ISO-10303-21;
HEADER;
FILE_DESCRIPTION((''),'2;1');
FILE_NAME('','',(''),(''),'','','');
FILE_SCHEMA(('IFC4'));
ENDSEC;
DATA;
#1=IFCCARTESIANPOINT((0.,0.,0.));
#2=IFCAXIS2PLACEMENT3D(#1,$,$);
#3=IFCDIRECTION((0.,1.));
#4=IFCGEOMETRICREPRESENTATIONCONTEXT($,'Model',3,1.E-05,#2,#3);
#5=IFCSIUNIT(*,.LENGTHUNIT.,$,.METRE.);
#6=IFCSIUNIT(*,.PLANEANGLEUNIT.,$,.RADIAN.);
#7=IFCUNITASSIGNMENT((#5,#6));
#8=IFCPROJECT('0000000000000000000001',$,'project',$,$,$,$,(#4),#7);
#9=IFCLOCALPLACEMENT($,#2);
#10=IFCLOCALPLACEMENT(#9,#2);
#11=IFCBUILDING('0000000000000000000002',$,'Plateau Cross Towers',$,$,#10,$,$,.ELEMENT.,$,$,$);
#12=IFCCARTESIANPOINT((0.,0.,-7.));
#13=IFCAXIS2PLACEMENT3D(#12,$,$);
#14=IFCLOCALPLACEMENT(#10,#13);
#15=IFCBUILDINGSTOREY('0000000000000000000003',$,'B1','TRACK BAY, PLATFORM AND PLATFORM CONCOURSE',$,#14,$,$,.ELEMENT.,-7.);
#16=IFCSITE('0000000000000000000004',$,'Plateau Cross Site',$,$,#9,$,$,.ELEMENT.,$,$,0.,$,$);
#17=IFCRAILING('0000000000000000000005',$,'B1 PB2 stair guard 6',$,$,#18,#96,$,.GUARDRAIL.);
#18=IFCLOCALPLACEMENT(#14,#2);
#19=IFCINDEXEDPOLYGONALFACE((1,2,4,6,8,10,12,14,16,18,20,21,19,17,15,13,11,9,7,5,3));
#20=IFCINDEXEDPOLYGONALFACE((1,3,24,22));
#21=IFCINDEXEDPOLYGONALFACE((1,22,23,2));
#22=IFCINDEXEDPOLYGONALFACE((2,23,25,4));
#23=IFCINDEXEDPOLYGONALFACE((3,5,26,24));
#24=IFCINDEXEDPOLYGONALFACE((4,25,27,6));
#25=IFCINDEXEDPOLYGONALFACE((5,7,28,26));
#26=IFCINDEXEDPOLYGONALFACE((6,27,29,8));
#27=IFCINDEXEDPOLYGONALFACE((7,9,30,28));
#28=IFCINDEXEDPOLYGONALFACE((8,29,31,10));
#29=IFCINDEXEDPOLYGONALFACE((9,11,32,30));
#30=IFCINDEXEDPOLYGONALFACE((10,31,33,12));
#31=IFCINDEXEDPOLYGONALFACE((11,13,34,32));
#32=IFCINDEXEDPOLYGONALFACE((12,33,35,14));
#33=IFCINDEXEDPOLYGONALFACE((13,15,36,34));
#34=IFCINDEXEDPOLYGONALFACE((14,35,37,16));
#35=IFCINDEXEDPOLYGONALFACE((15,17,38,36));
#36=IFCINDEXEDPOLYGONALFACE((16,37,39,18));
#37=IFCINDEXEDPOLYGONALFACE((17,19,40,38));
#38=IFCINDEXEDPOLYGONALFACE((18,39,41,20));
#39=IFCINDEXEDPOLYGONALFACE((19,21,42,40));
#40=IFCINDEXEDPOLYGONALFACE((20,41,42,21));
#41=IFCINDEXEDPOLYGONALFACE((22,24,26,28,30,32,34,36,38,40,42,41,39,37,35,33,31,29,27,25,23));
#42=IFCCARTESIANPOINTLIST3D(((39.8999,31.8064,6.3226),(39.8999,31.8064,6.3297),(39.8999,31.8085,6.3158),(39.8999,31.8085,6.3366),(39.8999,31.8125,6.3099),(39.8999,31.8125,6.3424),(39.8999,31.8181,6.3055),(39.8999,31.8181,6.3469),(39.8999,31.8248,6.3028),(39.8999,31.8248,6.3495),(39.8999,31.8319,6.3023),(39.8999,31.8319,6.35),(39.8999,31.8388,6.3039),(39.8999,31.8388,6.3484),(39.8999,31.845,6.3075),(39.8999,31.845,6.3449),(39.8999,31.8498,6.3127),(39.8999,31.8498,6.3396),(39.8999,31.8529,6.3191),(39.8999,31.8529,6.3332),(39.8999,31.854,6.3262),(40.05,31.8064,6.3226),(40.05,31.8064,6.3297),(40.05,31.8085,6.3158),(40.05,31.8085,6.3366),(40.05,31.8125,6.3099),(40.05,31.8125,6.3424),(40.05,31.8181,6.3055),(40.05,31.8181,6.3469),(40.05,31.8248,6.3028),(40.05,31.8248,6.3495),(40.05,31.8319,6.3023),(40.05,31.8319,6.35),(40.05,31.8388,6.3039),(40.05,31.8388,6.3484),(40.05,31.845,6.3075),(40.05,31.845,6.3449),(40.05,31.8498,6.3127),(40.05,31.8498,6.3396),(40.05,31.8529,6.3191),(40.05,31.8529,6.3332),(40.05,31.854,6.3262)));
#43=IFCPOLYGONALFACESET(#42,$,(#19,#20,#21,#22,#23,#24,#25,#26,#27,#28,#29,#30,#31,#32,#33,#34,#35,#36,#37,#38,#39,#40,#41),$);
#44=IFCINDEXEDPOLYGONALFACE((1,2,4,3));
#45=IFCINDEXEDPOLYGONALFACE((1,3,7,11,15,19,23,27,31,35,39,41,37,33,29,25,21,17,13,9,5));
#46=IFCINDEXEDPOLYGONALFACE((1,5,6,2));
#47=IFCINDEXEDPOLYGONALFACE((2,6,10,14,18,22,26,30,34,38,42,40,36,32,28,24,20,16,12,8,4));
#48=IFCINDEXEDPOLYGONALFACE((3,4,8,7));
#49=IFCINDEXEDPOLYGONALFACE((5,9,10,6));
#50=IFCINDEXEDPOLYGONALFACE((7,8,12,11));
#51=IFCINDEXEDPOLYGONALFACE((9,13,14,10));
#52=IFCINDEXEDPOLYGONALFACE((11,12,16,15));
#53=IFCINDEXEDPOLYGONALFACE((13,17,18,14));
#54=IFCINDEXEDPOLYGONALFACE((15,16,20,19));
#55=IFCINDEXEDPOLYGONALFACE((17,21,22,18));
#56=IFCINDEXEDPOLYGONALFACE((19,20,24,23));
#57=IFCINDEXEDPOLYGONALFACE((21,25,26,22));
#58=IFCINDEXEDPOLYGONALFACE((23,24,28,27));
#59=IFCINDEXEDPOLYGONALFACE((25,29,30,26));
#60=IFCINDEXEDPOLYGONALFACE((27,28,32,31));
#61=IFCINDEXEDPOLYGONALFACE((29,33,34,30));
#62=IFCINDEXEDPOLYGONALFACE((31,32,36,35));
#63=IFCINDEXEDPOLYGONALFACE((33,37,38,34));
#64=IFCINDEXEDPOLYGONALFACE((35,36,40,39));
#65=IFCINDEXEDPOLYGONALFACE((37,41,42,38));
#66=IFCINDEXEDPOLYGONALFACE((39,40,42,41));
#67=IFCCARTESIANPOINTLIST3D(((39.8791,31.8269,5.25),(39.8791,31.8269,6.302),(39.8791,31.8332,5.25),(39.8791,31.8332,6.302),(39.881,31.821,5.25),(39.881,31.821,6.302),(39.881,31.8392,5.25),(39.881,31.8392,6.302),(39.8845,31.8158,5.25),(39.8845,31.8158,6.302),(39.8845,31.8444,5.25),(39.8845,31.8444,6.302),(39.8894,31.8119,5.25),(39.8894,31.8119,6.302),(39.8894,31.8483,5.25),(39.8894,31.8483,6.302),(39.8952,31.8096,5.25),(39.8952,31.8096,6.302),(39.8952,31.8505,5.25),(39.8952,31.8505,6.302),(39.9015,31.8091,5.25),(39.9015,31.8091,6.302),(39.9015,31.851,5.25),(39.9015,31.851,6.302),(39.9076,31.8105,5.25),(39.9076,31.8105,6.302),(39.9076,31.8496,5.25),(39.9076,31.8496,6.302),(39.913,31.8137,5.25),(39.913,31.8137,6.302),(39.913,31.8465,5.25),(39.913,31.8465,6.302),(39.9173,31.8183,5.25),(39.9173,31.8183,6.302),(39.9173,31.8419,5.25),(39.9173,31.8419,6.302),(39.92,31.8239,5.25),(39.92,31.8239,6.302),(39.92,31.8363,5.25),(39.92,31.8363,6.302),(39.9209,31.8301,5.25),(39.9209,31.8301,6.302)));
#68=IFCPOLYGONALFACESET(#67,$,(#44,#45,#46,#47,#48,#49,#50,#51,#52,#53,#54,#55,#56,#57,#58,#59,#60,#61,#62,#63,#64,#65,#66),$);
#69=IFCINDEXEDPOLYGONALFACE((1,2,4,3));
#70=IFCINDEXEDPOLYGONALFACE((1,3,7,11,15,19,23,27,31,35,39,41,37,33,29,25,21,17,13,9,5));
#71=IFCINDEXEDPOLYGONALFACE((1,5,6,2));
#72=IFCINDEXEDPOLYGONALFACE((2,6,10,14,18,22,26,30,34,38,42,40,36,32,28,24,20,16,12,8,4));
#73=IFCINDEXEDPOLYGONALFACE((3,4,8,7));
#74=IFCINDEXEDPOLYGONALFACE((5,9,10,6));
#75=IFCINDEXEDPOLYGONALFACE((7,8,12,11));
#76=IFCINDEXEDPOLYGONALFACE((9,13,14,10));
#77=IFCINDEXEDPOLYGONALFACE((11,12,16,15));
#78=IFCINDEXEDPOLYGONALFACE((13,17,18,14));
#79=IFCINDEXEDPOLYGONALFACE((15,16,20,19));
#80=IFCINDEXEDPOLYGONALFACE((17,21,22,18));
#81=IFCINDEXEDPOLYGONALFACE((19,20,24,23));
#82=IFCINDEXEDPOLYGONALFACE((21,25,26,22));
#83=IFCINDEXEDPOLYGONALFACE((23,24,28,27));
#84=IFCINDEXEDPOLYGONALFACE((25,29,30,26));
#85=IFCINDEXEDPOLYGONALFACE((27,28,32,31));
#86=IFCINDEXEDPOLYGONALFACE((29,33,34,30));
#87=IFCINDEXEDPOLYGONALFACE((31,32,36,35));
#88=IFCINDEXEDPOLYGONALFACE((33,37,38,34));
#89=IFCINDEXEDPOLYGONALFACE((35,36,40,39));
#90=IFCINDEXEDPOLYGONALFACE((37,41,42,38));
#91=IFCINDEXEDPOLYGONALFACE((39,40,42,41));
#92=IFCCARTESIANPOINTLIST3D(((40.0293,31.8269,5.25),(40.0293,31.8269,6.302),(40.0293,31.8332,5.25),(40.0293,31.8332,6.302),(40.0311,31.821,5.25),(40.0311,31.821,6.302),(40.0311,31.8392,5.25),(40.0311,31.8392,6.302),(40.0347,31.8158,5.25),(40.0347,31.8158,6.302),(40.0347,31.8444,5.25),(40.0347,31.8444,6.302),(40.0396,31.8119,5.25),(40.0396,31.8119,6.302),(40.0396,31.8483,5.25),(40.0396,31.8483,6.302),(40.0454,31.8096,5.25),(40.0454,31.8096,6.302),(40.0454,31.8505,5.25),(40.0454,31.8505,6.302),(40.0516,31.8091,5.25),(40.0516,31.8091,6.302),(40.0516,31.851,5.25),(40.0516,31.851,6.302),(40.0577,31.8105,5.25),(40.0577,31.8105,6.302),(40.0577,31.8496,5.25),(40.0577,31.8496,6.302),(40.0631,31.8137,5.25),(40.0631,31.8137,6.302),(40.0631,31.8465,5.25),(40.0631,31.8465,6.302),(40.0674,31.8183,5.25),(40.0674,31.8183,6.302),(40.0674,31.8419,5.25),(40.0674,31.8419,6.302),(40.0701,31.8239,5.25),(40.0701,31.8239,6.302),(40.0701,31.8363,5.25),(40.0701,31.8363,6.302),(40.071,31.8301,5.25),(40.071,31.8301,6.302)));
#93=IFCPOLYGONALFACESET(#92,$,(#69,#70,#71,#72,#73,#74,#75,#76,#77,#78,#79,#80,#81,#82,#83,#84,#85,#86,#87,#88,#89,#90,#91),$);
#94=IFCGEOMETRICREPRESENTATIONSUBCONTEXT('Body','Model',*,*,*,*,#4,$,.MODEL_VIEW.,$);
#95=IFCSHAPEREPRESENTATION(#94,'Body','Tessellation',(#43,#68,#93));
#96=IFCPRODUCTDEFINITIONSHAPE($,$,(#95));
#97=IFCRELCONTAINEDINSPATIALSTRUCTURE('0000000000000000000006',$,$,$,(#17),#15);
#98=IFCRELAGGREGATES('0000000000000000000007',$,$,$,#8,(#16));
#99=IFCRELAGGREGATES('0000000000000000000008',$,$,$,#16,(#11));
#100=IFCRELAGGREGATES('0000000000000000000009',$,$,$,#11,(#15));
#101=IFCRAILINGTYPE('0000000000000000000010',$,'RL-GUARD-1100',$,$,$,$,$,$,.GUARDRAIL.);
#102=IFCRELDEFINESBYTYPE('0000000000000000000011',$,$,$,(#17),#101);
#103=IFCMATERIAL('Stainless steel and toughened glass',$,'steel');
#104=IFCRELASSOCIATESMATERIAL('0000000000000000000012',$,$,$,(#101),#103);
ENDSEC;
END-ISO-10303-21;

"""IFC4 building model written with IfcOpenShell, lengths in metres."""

from ifc_helpers import new_model, si_unit, direction, frame, origin, origin_2d, place, context, subcontext, project, spatial, circle, extrude, material, type_object, element, save


model = new_model("IFC4")

# Units and contexts
model_context = context("Model", 3, precision=1e-05, world=origin(), true_north=direction((0.0, 1.0)))
body_context = subcontext(model_context, "Body", "Model", "MODEL_VIEW")
ifc_project = project(units=[si_unit("LENGTHUNIT", "METRE"), si_unit("PLANEANGLEUNIT", "RADIAN")], contexts=[model_context])

# Site, building, storey
site_placement = place(None, origin())
site = spatial("IfcSite", under=ifc_project, at=site_placement, Name="Plateau Cross Site", CompositionType="ELEMENT", RefElevation=0.0)
building_placement = place(site_placement, origin())
building = spatial("IfcBuilding", under=site, at=building_placement, Name="Plateau Cross Towers", CompositionType="ELEMENT")
storey_placement = place(building_placement, frame((0.0, 0.0, -7.0)))
storey = spatial("IfcBuildingStorey", under=building, at=storey_placement, Name="B1", Description="TRACK BAY, PLATFORM AND PLATFORM CONCOURSE", CompositionType="ELEMENT", Elevation=-7.0)

# Railing
ifc_material_1 = material(Name="Stainless steel and toughened glass", Category="steel")
railing_type_1 = type_object("IfcRailingType", Name="RL-GUARD-1100", PredefinedType="GUARDRAIL", material=ifc_material_1)
railing_1_placement = place(storey_placement, frame((39.8999, 31.8301, 5.25)))
element("IfcRailing", 1, at=railing_1_placement, inside=storey, type_object=railing_type_1, Name="B1 PB2 stair guard 6", PredefinedType="GUARDRAIL", context=body_context, shape_type="SweptSolid", body=[
    extrude(circle(Radius=0.0239, at=origin_2d()), frame((0.0, 0.0, 1.0762), z_axis=(1.0, 0.0, 0.0), x_axis=(0.0, 1.0, 0.0)), (0.0, 0.0, 1.0), 0.1501),
    extrude(circle(Radius=0.021, at=origin_2d()), origin(), (0.0, 0.0, 1.0), 1.052),
    extrude(circle(Radius=0.021, at=origin_2d()), frame((0.1501, 0.0, 0.0)), (0.0, 0.0, 1.0), 1.052),
])

save(model, "model.ifc")
